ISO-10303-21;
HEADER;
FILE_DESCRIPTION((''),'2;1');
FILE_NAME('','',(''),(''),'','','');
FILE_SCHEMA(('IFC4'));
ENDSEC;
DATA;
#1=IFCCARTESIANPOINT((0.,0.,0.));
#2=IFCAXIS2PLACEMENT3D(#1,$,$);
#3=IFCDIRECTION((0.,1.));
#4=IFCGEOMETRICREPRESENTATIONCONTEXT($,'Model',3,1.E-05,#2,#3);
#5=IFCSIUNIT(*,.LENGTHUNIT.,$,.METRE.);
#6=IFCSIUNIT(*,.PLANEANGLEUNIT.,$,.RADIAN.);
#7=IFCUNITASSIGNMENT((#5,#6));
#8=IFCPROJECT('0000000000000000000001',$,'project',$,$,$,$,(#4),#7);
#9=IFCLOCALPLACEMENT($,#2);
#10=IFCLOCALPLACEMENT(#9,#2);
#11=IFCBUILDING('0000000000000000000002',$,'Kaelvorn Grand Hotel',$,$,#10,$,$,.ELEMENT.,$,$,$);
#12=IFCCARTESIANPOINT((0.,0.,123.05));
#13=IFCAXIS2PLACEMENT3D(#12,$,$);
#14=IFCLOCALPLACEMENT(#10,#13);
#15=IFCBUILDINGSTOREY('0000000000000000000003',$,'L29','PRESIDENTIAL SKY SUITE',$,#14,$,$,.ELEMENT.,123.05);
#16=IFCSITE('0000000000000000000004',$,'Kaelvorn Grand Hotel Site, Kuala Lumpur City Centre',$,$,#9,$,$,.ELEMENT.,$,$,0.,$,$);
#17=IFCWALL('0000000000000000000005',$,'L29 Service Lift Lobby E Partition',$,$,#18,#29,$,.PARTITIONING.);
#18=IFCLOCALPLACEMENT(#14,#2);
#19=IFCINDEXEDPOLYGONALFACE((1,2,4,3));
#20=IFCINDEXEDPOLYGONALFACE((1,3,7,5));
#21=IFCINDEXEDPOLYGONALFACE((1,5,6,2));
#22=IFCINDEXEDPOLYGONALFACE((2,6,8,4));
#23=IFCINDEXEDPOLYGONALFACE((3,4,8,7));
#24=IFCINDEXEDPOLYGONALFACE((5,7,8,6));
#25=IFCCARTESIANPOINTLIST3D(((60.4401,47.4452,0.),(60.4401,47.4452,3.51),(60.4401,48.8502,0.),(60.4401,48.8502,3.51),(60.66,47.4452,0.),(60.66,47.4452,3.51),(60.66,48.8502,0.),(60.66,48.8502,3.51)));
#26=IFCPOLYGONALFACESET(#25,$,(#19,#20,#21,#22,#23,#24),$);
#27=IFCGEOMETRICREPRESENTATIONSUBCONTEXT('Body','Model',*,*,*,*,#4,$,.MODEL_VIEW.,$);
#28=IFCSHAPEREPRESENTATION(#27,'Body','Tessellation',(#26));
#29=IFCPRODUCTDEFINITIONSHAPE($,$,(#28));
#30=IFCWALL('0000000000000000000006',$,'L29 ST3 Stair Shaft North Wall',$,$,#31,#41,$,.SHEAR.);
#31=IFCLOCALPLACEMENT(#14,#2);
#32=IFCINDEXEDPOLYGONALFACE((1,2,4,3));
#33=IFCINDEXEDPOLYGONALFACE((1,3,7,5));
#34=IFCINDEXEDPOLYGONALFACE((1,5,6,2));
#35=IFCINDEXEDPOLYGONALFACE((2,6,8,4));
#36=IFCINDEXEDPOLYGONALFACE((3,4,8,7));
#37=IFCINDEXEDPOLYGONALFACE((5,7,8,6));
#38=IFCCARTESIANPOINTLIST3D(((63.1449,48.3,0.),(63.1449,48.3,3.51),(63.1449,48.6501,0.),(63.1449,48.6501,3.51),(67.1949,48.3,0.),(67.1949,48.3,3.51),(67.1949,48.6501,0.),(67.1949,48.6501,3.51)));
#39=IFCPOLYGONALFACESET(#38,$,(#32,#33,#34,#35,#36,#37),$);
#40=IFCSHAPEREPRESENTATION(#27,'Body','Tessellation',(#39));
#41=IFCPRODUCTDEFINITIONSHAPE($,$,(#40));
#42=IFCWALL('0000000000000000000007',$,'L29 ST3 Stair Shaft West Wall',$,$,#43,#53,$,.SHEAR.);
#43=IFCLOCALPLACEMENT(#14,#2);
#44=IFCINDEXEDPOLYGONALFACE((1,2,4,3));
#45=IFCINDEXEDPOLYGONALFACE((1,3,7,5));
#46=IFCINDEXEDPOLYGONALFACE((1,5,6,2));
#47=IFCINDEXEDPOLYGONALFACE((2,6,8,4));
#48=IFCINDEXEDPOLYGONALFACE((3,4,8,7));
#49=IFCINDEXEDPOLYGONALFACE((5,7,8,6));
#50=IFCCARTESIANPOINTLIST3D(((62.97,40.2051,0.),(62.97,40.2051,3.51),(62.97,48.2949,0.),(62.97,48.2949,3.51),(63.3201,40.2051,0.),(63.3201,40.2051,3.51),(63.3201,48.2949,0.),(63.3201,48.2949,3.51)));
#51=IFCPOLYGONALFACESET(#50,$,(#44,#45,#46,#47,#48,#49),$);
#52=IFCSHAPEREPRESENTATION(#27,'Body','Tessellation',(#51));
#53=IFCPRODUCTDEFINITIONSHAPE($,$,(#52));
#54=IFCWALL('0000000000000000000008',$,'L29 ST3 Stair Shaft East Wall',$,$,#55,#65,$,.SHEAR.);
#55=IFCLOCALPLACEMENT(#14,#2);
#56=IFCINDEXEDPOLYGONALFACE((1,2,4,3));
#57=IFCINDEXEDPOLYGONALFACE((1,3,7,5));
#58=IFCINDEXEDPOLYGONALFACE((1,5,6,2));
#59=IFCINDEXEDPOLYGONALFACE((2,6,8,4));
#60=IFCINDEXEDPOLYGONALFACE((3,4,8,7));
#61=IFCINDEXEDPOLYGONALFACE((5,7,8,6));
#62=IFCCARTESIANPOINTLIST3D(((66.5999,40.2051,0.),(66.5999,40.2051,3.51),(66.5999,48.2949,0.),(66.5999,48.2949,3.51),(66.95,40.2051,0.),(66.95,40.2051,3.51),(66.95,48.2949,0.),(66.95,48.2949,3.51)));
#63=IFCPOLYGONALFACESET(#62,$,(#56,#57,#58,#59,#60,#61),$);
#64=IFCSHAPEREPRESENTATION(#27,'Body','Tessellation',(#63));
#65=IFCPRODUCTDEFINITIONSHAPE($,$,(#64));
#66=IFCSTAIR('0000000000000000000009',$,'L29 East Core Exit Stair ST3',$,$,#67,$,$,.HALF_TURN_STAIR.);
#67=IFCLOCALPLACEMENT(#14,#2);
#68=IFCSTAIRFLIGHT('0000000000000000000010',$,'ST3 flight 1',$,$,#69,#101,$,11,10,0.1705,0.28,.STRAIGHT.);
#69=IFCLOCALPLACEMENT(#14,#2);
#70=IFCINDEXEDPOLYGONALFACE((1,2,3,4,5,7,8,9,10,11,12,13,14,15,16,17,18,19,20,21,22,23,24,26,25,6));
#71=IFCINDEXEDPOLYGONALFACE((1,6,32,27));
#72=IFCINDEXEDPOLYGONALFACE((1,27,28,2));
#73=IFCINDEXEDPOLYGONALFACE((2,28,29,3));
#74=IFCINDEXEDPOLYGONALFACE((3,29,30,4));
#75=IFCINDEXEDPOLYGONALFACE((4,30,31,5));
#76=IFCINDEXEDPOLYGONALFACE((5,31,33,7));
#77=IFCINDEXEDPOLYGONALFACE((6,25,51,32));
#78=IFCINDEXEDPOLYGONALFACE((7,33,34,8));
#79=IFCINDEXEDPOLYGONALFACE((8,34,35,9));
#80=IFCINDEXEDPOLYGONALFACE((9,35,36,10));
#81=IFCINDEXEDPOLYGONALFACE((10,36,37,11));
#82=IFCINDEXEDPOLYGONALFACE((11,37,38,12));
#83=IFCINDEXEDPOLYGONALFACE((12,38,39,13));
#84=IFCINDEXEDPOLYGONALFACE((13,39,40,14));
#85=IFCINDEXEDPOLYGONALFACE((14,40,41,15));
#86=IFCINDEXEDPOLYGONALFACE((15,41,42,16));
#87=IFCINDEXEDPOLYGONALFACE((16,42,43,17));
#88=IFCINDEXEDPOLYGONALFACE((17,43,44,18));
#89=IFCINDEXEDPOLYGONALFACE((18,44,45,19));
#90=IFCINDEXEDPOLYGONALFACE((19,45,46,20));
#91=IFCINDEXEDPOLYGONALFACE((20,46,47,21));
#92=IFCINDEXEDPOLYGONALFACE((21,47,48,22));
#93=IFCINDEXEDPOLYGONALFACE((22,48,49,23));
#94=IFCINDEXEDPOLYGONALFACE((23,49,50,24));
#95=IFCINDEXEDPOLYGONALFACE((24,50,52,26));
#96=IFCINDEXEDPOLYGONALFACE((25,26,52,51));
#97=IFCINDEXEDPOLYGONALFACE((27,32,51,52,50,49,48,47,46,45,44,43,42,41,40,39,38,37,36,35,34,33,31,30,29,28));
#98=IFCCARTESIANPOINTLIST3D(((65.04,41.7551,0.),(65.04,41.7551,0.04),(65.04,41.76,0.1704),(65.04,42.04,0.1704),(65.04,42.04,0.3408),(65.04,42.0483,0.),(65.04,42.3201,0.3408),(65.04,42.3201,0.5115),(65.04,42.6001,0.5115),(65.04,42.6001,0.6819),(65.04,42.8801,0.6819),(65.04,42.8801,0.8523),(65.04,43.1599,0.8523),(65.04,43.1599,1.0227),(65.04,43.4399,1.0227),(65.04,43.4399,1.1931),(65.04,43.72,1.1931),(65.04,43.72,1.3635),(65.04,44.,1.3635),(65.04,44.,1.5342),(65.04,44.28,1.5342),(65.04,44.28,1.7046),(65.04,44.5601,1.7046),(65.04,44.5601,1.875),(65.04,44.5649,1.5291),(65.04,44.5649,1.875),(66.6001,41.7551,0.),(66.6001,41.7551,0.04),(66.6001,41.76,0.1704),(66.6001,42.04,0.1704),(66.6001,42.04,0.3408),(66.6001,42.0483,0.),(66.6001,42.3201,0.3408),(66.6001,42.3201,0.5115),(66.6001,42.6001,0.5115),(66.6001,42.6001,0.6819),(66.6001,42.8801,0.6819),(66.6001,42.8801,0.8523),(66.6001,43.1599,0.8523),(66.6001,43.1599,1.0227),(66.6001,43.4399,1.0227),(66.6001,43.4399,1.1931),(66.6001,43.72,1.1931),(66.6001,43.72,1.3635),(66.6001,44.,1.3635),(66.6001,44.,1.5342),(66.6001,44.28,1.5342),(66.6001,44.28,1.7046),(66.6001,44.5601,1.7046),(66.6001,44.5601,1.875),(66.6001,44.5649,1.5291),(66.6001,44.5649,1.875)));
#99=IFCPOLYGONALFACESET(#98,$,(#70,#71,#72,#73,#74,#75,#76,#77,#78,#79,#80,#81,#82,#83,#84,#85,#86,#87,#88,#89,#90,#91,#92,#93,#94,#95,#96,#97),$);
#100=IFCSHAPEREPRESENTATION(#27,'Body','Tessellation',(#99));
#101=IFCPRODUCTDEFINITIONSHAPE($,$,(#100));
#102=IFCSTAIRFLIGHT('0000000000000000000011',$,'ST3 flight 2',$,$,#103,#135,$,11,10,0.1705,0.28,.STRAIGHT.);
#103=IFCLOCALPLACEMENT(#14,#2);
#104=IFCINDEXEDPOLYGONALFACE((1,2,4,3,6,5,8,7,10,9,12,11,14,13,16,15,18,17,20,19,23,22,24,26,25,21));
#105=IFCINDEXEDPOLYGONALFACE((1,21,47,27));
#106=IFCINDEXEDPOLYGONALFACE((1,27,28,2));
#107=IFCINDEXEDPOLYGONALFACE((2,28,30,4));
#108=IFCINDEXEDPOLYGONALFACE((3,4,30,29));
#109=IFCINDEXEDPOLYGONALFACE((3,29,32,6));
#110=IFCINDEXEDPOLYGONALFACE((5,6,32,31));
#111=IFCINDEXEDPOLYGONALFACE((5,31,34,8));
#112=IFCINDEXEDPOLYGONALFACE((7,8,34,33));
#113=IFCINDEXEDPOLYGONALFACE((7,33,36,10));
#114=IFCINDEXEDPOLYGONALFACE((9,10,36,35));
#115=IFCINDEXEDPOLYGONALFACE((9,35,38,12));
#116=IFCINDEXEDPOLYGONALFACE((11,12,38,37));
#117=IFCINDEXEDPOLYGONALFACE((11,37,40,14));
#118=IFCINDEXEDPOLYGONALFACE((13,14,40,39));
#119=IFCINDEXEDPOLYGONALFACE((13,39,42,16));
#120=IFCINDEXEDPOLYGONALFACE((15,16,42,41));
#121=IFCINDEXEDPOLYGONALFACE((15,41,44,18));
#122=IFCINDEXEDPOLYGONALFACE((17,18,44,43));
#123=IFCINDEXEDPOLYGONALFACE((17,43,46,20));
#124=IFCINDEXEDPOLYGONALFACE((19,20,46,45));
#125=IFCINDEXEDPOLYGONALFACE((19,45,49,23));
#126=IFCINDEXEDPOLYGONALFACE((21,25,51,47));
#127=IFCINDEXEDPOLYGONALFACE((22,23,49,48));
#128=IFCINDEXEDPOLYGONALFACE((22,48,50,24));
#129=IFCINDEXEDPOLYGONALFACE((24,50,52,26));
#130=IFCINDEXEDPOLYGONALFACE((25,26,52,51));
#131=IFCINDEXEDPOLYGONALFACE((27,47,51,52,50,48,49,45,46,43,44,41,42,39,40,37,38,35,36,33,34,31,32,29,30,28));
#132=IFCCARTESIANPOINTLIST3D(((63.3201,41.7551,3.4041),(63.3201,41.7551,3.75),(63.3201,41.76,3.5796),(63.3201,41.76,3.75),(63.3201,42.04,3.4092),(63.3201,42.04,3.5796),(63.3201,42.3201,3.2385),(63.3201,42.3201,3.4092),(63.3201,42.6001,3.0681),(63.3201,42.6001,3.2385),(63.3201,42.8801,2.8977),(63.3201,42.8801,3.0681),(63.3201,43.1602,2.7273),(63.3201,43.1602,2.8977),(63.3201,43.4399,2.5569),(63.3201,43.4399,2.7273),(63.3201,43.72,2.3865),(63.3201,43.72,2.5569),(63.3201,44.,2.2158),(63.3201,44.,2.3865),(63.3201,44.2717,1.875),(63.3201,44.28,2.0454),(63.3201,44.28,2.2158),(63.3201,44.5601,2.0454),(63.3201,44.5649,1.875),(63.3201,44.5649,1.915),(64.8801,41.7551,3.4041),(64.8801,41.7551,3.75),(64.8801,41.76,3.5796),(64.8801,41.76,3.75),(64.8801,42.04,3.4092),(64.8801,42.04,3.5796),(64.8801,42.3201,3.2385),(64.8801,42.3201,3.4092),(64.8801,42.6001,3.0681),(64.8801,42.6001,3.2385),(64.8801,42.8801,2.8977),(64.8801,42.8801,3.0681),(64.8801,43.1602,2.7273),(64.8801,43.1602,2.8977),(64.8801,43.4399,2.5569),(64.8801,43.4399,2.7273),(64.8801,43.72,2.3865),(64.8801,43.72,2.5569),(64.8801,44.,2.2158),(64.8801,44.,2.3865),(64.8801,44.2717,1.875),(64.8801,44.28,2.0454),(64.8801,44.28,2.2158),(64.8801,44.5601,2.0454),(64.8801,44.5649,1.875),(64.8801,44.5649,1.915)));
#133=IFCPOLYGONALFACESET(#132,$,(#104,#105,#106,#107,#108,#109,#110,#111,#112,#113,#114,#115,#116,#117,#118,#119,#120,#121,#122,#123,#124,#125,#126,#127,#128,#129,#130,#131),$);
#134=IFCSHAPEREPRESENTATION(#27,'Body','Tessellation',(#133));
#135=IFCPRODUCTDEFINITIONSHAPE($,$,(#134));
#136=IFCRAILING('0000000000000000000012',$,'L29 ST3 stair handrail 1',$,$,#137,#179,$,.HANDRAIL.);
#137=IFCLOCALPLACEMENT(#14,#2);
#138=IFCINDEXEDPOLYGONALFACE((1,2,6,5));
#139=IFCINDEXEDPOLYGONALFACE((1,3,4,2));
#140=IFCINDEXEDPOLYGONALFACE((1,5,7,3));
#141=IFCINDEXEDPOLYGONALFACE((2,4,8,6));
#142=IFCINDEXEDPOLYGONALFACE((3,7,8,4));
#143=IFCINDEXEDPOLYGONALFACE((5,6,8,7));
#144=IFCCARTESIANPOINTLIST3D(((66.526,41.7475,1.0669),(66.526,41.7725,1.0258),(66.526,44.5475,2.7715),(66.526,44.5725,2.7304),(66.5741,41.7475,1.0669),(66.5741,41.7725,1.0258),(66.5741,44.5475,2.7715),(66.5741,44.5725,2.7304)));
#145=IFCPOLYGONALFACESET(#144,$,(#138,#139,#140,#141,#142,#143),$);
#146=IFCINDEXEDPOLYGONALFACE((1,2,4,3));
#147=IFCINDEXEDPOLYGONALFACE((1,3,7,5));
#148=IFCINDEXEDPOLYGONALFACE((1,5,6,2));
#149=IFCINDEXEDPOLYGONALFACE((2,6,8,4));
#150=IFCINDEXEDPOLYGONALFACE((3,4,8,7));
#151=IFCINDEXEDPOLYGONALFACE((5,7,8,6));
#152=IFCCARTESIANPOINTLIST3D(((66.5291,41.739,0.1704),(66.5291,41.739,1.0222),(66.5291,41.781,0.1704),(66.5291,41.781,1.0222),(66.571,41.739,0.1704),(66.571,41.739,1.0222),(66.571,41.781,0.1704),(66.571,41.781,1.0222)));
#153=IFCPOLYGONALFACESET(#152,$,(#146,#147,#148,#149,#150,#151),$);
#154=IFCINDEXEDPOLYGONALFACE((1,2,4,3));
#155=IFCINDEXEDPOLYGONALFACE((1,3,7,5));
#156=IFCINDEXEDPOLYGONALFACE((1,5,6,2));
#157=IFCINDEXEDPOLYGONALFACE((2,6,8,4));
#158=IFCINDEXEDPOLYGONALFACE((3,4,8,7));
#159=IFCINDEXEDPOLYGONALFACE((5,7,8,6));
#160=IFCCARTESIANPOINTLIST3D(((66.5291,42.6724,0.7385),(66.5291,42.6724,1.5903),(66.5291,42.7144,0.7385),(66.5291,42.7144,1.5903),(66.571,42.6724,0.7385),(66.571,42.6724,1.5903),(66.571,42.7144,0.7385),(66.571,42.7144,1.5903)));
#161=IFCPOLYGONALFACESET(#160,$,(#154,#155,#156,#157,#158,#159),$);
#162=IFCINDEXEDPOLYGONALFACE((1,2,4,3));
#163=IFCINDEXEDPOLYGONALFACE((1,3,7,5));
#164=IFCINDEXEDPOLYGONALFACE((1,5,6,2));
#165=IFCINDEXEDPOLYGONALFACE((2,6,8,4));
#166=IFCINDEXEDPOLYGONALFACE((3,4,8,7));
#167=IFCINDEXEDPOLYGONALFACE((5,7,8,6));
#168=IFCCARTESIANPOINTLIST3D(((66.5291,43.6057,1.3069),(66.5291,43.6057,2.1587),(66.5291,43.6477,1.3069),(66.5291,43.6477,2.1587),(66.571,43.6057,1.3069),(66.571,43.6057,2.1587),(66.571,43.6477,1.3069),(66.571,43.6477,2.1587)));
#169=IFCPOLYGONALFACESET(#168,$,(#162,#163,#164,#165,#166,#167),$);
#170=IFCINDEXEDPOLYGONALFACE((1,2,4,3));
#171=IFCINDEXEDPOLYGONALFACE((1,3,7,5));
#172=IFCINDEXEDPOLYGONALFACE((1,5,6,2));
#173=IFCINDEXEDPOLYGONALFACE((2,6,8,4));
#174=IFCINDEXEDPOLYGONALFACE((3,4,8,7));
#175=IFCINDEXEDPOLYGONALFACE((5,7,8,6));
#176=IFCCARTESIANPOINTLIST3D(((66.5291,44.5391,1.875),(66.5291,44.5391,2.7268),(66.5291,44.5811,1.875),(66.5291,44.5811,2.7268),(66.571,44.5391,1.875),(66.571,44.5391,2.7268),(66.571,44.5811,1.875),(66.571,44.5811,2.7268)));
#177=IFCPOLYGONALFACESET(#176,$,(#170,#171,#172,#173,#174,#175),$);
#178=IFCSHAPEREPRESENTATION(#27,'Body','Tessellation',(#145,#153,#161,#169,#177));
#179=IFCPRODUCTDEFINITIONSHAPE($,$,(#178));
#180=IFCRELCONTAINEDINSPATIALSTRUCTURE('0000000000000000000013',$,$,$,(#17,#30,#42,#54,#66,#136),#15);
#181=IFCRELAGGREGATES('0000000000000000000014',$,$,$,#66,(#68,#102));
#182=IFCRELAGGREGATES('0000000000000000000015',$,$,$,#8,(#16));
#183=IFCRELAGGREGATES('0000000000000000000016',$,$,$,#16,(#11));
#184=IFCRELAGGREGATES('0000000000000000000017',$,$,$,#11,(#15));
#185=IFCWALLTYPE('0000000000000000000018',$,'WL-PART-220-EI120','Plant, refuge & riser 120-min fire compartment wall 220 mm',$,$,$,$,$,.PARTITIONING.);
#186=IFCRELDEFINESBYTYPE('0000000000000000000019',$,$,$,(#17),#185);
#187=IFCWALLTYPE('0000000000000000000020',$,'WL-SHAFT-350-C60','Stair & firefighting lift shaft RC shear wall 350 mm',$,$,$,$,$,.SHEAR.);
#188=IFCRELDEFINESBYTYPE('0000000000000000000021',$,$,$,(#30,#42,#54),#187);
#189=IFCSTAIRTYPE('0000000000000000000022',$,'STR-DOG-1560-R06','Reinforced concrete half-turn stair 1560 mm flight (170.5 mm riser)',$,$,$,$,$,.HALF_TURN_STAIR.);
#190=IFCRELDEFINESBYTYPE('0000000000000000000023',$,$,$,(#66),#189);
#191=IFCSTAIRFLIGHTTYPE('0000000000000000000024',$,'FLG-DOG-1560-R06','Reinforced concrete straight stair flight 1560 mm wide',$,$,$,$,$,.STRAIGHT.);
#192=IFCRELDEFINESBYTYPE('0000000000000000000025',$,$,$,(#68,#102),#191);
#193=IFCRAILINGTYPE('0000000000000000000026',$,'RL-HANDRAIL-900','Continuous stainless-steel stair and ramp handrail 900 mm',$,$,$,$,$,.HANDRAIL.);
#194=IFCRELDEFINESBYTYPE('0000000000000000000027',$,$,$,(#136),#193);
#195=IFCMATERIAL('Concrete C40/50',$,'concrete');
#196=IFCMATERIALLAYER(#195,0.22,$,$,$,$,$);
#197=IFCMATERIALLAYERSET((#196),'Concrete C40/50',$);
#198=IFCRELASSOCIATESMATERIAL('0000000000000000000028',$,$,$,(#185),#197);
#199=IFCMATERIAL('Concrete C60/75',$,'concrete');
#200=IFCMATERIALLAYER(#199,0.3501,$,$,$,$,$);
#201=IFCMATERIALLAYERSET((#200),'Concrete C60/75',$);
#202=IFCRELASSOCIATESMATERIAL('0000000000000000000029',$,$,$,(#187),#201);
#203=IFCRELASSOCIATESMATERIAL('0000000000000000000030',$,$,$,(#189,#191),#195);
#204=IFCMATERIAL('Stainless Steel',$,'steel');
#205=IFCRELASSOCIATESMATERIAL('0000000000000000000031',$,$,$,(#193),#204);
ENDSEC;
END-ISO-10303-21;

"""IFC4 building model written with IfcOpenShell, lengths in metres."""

from ifc_helpers import new_model, si_unit, direction, frame, frame_2d, origin, origin_2d, place, context, subcontext, project, spatial, polyline, rectangle, outline, extrude, material, layer, layer_set, type_object, element, aggregate, save


model = new_model("IFC4")

# Units and contexts
model_context = context("Model", 3, precision=1e-05, world=origin(), true_north=direction((0.0, 1.0)))
body_context = subcontext(model_context, "Body", "Model", "MODEL_VIEW")
ifc_project = project(units=[si_unit("LENGTHUNIT", "METRE"), si_unit("PLANEANGLEUNIT", "RADIAN")], contexts=[model_context])

# Site, building, storey
site_placement = place(None, origin())
site = spatial("IfcSite", under=ifc_project, at=site_placement, Name="Kaelvorn Grand Hotel Site, Kuala Lumpur City Centre", CompositionType="ELEMENT", RefElevation=0.0)
building_placement = place(site_placement, origin())
building = spatial("IfcBuilding", under=site, at=building_placement, Name="Kaelvorn Grand Hotel", CompositionType="ELEMENT")
storey_placement = place(building_placement, frame((0.0, 0.0, 123.05)))
storey = spatial("IfcBuildingStorey", under=building, at=storey_placement, Name="L29", Description="PRESIDENTIAL SKY SUITE", CompositionType="ELEMENT", Elevation=123.05)

# Shared definitions
ifc_material_1 = material(Name="Concrete C60/75", Category="concrete")

# Wall
ifc_material_2 = material(Name="Concrete C40/50", Category="concrete")
ifc_layer_1 = layer(ifc_material_2, 0.22)
ifc_layer_set_1 = layer_set([ifc_layer_1], Name="Concrete C40/50")
wall_type_1 = type_object("IfcWallType", Name="WL-PART-220-EI120", Description="Plant, refuge & riser 120-min fire compartment wall 220 mm", PredefinedType="PARTITIONING", material=ifc_layer_set_1)
wall_1_placement = place(storey_placement, frame((60.55, 47.4451, 0.0), z_axis=(0.0, 0.0, 1.0), x_axis=(0.0, 1.0, 0.0)))
element("IfcWall", 1, at=wall_1_placement, inside=storey, type_object=wall_type_1, Name="L29 Service Lift Lobby E Partition", PredefinedType="PARTITIONING", context=body_context, shape_type="SweptSolid", body=[
    extrude(rectangle(XDim=1.405, YDim=0.22, at=frame_2d((0.7026, 0.0))), origin(), (0.0, 0.0, 1.0), 3.51),
])

# Shared definitions
ifc_layer_2 = layer(ifc_material_1, 0.3501)
ifc_layer_set_2 = layer_set([ifc_layer_2], Name="Concrete C60/75")
wall_type_2 = type_object("IfcWallType", Name="WL-SHAFT-350-C60", Description="Stair & firefighting lift shaft RC shear wall 350 mm", PredefinedType="SHEAR", material=ifc_layer_set_2)

# Walls
wall_2_placement = place(storey_placement, frame((63.145, 48.4751, 0.0), z_axis=(0.0, 0.0, 1.0), x_axis=(1.0, 0.0, 0.0)))
element("IfcWall", 2, at=wall_2_placement, inside=storey, type_object=wall_type_2, Name="L29 ST3 Stair Shaft North Wall", PredefinedType="SHEAR", context=body_context, shape_type="SweptSolid", body=[
    extrude(rectangle(XDim=4.05, YDim=0.3501, at=frame_2d((2.0249, 0.0))), origin(), (0.0, 0.0, 1.0), 3.51),
])
for number, where, z_axis, x_axis, name in (
    (3, (63.145, 40.2051, 0.0), (0.0, 0.0, 1.0), (0.0, 1.0, 0.0), "L29 ST3 Stair Shaft West Wall"),
    (4, (66.7749, 40.2051, 0.0), (0.0, 0.0, 1.0), (0.0, 1.0, 0.0), "L29 ST3 Stair Shaft East Wall"),
):
    element("IfcWall", number, at=place(storey_placement, frame(where, z_axis=z_axis, x_axis=x_axis)), inside=storey, type_object=wall_type_2, Name=name, PredefinedType="SHEAR", context=body_context, shape_type="SweptSolid", body=[
        extrude(rectangle(XDim=8.0898, YDim=0.3501, at=frame_2d((4.0449, 0.0))), origin(), (0.0, 0.0, 1.0), 3.51),
    ])

# Stair, stair flights
stair_type = type_object("IfcStairType", Name="STR-DOG-1560-R06", Description="Reinforced concrete half-turn stair 1560 mm flight (170.5 mm riser)", PredefinedType="HALF_TURN_STAIR", material=ifc_material_2)
stair_placement = place(storey_placement, origin())
stair = element("IfcStair", 5, at=stair_placement, inside=storey, type_object=stair_type, Name="L29 East Core Exit Stair ST3", PredefinedType="HALF_TURN_STAIR")
stair_flight_type = type_object("IfcStairFlightType", Name="FLG-DOG-1560-R06", Description="Reinforced concrete straight stair flight 1560 mm wide", PredefinedType="STRAIGHT", material=ifc_material_2)
stair_flight_1_placement = place(storey_placement, frame((65.8201, 41.76, 0.0), z_axis=(0.0, 0.0, 1.0), x_axis=(0.0, 1.0, 0.0)))
stair_flight_1 = element("IfcStairFlight", 6, at=stair_flight_1_placement, type_object=stair_flight_type, Name="ST3 flight 1", NumberOfRisers=11, NumberOfTreads=10, PredefinedType="STRAIGHT", RiserHeight=0.1705, TreadLength=0.28, context=body_context, shape_type="SweptSolid", body=[
    extrude(outline(polyline([(-0.0049, 0.0), (-0.0049, 0.04), (0.0, 0.1704), (0.28, 0.1704), (0.28, 0.3408), (0.5601, 0.3408), (0.5601, 0.5115), (0.8401, 0.5115), (0.8401, 0.6819), (1.1201, 0.6819), (1.1201, 0.8523), (1.3999, 0.8523), (1.3999, 1.0227), (1.6799, 1.0227), (1.6799, 1.1931), (1.96, 1.1931), (1.96, 1.3635), (2.24, 1.3635), (2.24, 1.5342), (2.52, 1.5342), (2.52, 1.7046), (2.8, 1.7046), (2.8, 1.875), (2.8049, 1.875), (2.8049, 1.5291), (0.2883, 0.0), (-0.0049, 0.0)])), frame((0.0, 0.78, 0.0), z_axis=(0.0, -1.0, 0.0), x_axis=(1.0, 0.0, 0.0)), (0.0, 0.0, 1.0), 1.5601),
])
stair_flight_2_placement = place(storey_placement, frame((64.1001, 44.5601, 1.875), z_axis=(0.0, 0.0, 1.0), x_axis=(0.0, -1.0, 0.0)))
stair_flight_2 = element("IfcStairFlight", 7, at=stair_flight_2_placement, type_object=stair_flight_type, Name="ST3 flight 2", NumberOfRisers=11, NumberOfTreads=10, PredefinedType="STRAIGHT", RiserHeight=0.1705, TreadLength=0.28, context=body_context, shape_type="SweptSolid", body=[
    extrude(outline(polyline([(-0.0049, 0.0), (-0.0049, 0.04), (0.0, 0.1704), (0.28, 0.1704), (0.28, 0.3408), (0.5601, 0.3408), (0.5601, 0.5115), (0.8401, 0.5115), (0.8401, 0.6819), (1.1201, 0.6819), (1.1201, 0.8523), (1.3999, 0.8523), (1.3999, 1.0227), (1.6799, 1.0227), (1.6799, 1.1931), (1.96, 1.1931), (1.96, 1.3635), (2.24, 1.3635), (2.24, 1.5342), (2.52, 1.5342), (2.52, 1.7046), (2.8, 1.7046), (2.8, 1.875), (2.8049, 1.875), (2.8049, 1.5291), (0.2883, 0.0), (-0.0049, 0.0)])), frame((0.0, 0.78, 0.0), z_axis=(0.0, -1.0, 0.0), x_axis=(1.0, 0.0, 0.0)), (0.0, 0.0, 1.0), 1.5601),
])
aggregate(stair, [stair_flight_1, stair_flight_2])

# Railing
ifc_material_3 = material(Name="Stainless Steel", Category="steel")
railing_type_1 = type_object("IfcRailingType", Name="RL-HANDRAIL-900", Description="Continuous stainless-steel stair and ramp handrail 900 mm", PredefinedType="HANDRAIL", material=ifc_material_3)
railing_1_placement = place(storey_placement, frame((66.55, 41.76, 0.1704)))
element("IfcRailing", 8, at=railing_1_placement, inside=storey, type_object=railing_type_1, Name="L29 ST3 stair handrail 1", PredefinedType="HANDRAIL", context=body_context, shape_type="SweptSolid", body=[
    extrude(rectangle(XDim=0.0481, YDim=0.0481, at=origin_2d()), frame((0.0, 0.0, 0.876), z_axis=(0.0, 0.85417, 0.519994), x_axis=(-1.0, 0.0, 0.0)), (0.0, 0.0, 1.0), 3.2781),
    extrude(rectangle(XDim=0.042, YDim=0.042, at=origin_2d()), origin(), (0.0, 0.0, 1.0), 0.8518),
    extrude(rectangle(XDim=0.042, YDim=0.042, at=origin_2d()), frame((0.0, 0.9333, 0.5681)), (0.0, 0.0, 1.0), 0.8518),
    extrude(rectangle(XDim=0.042, YDim=0.042, at=origin_2d()), frame((0.0, 1.8667, 1.1365)), (0.0, 0.0, 1.0), 0.8518),
    extrude(rectangle(XDim=0.042, YDim=0.042, at=origin_2d()), frame((0.0, 2.8, 1.7046)), (0.0, 0.0, 1.0), 0.8518),
])

save(model, "model.ifc")
